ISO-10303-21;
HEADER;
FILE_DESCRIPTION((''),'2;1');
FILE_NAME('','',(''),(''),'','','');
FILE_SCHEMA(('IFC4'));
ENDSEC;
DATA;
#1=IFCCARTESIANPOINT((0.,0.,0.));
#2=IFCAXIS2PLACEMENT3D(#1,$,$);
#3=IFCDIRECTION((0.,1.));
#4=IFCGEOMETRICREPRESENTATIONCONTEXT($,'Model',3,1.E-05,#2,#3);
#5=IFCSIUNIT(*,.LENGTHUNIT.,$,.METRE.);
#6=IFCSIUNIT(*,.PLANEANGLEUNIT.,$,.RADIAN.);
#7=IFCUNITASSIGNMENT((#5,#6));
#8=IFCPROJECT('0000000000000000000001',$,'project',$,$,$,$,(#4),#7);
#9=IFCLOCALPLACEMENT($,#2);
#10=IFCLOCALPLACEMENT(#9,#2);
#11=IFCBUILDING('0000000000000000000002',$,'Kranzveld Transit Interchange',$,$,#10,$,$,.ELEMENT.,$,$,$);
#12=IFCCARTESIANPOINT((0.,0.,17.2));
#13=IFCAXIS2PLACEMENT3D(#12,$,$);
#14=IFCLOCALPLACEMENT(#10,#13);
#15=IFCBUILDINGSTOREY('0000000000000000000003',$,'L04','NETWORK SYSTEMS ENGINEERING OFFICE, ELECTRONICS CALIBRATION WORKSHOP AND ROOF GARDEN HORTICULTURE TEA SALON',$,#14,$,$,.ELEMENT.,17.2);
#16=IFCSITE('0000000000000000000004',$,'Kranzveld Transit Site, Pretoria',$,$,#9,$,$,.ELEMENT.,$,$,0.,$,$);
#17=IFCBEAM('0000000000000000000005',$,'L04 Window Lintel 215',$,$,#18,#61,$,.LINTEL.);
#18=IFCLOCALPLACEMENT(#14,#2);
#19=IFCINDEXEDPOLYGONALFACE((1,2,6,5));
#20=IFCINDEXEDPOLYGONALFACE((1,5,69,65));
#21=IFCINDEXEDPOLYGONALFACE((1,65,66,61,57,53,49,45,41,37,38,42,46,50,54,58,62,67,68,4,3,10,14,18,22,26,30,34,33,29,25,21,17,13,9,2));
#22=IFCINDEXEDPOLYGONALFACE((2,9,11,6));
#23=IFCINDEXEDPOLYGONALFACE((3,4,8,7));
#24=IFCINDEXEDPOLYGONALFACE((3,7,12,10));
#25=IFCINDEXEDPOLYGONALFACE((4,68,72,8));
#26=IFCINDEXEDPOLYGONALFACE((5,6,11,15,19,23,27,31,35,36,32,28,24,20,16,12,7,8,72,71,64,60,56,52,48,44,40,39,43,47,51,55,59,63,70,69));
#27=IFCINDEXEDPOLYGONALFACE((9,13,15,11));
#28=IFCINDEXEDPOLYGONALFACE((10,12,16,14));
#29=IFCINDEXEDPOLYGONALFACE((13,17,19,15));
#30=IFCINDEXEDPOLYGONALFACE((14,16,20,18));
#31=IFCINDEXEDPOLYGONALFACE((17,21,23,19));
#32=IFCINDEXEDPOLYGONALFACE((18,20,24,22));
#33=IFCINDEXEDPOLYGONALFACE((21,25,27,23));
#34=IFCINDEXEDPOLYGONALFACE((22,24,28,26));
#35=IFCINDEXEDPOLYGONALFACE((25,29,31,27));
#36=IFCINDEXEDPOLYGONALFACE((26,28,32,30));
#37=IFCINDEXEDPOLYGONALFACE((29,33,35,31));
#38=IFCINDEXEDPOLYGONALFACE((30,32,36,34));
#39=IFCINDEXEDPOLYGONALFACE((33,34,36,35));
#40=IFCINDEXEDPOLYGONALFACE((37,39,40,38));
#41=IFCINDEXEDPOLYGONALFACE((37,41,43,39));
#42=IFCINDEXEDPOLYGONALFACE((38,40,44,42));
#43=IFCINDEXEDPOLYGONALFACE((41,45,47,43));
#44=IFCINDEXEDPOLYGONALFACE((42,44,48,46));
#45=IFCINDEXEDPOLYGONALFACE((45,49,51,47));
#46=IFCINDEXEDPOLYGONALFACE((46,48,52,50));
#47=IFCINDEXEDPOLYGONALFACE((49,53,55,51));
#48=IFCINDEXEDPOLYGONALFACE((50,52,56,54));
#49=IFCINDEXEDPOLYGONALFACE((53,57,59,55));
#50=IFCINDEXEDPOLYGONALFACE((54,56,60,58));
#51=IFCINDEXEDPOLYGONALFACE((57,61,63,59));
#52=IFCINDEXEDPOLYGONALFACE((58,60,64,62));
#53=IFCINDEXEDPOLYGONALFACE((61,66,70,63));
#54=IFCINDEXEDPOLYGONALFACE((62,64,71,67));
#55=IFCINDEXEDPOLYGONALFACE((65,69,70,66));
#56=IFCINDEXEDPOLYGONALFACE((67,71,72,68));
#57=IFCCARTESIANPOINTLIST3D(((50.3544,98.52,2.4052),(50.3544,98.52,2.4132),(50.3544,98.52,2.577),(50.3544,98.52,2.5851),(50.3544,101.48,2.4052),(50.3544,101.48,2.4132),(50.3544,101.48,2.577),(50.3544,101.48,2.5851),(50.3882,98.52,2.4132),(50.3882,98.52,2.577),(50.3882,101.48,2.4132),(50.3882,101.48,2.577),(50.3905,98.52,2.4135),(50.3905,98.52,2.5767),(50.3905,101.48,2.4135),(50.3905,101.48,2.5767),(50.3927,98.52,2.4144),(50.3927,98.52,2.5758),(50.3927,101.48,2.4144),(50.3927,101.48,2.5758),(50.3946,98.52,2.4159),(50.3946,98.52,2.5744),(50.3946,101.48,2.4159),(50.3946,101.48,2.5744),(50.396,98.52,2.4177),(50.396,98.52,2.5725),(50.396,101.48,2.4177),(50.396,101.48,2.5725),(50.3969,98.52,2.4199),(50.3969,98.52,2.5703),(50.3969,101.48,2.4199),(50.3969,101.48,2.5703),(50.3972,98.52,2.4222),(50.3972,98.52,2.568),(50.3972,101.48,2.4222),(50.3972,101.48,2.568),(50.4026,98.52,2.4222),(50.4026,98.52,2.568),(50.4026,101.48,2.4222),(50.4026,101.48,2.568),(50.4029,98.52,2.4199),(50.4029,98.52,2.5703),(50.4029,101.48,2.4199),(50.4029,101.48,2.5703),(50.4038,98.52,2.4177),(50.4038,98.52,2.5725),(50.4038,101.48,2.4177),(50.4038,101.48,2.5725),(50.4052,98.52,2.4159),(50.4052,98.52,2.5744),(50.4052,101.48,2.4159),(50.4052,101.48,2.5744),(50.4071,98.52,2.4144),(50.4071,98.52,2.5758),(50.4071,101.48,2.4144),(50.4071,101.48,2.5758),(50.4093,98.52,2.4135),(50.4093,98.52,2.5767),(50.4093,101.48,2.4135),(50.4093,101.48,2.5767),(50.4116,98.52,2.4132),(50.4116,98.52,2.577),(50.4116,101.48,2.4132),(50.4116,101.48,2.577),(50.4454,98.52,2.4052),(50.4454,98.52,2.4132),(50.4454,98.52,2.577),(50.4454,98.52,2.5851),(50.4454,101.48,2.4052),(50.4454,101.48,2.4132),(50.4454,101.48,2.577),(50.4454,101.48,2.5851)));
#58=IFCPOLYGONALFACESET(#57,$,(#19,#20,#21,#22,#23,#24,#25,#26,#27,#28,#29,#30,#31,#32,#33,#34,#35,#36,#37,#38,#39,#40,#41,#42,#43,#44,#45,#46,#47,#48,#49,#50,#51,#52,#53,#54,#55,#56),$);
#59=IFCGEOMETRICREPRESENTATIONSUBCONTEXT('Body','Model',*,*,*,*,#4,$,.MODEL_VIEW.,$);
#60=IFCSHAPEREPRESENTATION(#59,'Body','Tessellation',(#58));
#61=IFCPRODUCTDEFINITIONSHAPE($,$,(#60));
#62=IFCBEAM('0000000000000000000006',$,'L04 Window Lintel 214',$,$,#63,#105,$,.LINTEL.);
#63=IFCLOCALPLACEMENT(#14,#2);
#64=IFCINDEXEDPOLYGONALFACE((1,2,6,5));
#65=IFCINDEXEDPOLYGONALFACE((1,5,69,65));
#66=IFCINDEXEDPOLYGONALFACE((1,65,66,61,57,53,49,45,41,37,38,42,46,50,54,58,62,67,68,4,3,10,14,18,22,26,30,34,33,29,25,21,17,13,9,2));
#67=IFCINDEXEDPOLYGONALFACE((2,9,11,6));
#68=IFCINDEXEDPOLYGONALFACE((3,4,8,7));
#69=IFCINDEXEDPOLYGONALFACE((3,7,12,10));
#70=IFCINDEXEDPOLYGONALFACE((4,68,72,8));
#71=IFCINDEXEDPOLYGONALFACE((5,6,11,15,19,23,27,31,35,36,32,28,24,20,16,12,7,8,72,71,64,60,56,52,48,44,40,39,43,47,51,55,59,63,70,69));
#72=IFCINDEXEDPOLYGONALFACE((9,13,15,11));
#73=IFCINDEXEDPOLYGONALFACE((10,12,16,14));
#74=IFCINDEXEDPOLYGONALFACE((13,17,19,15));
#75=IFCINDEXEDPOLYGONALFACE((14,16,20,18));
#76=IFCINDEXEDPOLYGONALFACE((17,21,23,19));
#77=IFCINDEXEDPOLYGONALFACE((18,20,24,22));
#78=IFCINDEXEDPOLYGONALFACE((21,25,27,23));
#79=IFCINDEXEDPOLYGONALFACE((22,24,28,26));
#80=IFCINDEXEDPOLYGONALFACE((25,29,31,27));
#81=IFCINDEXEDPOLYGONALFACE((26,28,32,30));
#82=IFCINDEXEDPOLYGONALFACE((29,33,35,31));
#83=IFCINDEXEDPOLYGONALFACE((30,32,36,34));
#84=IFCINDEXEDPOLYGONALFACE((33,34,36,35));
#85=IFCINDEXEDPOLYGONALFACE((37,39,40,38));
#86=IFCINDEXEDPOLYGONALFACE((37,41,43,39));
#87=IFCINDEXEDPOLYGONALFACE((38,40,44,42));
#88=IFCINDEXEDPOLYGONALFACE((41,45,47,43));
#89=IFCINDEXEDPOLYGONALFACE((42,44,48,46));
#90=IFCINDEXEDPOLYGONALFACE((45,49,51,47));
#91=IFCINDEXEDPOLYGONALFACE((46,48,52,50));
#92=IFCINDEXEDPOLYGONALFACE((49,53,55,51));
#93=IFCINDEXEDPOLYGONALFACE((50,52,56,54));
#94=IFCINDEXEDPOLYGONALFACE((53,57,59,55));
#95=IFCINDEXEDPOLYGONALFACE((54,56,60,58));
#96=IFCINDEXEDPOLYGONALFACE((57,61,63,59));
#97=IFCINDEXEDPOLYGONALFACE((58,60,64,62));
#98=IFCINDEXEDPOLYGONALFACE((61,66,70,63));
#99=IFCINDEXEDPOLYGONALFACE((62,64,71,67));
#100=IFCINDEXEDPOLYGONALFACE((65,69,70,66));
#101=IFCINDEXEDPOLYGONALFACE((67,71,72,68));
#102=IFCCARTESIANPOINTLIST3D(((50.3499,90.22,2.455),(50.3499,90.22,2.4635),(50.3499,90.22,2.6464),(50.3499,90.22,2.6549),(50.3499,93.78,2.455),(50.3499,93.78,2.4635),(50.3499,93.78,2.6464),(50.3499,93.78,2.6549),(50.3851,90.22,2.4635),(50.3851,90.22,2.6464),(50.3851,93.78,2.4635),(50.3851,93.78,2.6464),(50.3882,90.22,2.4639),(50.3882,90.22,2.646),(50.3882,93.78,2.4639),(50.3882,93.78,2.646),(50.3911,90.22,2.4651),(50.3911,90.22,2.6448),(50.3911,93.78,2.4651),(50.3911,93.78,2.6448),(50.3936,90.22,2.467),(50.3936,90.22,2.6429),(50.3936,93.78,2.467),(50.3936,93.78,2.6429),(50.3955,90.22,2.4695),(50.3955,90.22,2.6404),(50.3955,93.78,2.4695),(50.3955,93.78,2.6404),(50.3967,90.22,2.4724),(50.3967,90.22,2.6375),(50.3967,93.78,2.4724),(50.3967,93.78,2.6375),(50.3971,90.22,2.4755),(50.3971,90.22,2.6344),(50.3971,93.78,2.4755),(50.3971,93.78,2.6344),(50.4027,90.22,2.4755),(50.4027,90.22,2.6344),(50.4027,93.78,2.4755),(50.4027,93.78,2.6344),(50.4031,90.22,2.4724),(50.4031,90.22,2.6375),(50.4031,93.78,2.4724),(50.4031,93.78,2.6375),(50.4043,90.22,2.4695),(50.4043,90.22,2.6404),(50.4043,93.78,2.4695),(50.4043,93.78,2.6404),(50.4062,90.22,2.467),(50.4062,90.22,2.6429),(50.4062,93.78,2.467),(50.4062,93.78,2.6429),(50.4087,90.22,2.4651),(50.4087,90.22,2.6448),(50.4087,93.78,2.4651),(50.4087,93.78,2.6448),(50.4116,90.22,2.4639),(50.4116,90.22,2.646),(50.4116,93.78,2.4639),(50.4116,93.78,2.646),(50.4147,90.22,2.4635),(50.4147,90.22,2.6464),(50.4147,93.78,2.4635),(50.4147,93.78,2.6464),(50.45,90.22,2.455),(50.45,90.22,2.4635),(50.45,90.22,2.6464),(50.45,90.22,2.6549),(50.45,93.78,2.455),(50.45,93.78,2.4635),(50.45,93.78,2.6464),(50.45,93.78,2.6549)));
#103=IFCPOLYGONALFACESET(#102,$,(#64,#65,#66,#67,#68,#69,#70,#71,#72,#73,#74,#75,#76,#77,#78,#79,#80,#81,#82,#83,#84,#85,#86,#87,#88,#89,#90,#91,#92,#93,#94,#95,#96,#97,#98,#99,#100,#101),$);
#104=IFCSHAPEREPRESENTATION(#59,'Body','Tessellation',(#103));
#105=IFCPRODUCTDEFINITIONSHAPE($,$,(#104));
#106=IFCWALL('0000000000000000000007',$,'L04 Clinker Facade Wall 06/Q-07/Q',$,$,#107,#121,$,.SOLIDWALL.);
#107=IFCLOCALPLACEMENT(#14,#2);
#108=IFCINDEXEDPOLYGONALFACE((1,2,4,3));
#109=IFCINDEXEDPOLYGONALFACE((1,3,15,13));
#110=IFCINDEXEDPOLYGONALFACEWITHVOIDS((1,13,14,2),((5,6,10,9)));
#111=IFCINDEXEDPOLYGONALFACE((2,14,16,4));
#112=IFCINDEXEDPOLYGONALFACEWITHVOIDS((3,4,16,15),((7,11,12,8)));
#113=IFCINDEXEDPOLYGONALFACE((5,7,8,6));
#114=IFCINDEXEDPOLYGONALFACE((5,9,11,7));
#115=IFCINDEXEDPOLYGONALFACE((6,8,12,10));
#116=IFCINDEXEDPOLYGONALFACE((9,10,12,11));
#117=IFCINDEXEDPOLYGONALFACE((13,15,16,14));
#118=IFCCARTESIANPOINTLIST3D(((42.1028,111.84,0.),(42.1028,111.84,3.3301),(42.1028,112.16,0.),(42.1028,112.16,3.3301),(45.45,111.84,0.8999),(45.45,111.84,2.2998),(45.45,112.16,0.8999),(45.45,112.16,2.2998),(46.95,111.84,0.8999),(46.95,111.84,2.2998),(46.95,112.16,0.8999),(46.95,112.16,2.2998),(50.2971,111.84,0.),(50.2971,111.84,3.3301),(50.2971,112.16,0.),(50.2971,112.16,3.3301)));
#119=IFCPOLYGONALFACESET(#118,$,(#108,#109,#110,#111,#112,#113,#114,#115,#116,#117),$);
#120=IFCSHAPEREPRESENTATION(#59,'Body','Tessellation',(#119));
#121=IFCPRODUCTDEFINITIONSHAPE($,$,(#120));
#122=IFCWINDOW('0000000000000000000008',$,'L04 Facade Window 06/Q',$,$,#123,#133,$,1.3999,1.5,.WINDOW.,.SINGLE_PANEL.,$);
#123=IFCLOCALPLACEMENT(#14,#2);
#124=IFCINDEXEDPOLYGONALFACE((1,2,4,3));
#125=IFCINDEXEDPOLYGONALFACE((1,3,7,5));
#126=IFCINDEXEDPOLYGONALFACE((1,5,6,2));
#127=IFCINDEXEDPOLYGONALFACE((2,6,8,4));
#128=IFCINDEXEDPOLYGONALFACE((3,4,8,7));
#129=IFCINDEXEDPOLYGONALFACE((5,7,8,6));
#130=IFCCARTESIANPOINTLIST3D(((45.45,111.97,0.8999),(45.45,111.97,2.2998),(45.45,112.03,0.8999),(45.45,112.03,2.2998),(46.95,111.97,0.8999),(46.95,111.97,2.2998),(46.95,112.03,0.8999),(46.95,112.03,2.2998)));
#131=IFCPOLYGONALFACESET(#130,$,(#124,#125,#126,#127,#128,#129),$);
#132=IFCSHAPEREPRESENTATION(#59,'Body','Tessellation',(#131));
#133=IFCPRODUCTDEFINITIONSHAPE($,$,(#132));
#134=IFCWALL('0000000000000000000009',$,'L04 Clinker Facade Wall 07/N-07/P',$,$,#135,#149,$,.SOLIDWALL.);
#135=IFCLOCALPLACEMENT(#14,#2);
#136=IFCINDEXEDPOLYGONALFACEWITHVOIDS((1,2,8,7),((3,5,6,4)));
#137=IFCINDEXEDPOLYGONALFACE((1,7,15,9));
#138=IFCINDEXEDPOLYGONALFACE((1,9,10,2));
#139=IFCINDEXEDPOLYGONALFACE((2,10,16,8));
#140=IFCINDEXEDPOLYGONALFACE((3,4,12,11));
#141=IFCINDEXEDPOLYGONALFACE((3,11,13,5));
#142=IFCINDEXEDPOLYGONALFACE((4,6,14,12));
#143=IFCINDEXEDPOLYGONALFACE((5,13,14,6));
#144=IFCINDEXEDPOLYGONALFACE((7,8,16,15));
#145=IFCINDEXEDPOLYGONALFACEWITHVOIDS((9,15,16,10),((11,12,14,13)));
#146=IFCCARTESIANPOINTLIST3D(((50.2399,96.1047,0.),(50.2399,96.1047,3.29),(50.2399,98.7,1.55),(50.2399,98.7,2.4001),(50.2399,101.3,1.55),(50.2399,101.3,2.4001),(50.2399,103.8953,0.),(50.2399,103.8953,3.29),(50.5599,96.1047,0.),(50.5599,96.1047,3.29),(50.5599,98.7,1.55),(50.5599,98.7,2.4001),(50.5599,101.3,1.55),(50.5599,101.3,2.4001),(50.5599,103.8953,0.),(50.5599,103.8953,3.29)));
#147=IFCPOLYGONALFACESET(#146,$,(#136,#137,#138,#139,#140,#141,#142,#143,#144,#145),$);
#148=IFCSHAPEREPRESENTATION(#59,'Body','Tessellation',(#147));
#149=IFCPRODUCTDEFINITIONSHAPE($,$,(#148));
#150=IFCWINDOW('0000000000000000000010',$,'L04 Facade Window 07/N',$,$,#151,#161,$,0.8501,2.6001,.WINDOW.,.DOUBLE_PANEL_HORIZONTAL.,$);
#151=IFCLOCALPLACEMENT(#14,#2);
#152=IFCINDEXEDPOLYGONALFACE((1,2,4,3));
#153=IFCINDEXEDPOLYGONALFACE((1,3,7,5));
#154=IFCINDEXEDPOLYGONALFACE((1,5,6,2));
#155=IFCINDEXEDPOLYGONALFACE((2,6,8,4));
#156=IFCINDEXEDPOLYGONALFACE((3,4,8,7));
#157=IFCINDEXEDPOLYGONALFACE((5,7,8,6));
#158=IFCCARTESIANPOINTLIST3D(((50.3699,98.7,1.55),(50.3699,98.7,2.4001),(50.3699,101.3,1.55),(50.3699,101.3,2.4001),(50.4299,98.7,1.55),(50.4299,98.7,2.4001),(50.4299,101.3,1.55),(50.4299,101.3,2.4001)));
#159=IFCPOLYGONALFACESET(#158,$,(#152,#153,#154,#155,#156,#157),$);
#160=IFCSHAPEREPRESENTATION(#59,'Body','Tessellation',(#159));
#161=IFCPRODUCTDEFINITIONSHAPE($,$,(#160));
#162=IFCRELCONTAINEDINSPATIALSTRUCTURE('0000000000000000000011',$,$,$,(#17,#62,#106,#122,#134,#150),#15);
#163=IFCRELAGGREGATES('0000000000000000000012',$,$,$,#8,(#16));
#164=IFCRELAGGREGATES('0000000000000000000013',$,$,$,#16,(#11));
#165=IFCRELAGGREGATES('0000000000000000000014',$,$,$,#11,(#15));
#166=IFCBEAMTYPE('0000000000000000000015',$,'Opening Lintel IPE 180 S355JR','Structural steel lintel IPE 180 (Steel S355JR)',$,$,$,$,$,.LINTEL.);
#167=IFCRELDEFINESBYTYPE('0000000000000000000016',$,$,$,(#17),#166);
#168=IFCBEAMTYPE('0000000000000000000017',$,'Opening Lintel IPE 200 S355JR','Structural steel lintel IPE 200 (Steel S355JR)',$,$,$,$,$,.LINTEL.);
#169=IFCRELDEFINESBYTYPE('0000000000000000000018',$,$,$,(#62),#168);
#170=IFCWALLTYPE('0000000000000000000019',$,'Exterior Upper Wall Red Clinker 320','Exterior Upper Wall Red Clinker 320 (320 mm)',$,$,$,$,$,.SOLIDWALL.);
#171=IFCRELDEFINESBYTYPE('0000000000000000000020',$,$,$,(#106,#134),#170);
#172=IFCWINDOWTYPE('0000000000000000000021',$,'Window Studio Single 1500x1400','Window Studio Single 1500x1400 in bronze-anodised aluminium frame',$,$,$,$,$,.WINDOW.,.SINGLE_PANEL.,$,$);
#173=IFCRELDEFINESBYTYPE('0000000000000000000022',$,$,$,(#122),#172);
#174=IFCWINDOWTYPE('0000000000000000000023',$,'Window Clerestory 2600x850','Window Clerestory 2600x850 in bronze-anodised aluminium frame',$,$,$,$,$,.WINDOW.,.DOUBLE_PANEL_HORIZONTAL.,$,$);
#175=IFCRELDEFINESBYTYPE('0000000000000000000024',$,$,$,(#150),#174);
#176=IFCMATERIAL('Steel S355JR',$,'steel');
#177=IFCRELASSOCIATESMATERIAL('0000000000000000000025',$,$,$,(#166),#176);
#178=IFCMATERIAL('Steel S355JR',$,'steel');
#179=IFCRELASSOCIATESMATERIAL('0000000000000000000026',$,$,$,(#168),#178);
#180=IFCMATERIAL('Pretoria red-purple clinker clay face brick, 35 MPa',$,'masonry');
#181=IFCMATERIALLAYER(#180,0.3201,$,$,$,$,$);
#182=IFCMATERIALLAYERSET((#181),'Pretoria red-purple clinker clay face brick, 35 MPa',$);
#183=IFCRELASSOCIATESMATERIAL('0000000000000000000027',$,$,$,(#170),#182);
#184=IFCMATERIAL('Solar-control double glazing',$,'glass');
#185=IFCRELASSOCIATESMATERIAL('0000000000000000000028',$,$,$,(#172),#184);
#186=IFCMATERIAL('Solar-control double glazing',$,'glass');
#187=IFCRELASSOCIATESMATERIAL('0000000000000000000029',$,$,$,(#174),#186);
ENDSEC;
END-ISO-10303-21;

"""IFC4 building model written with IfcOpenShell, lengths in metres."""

from ifc_helpers import new_model, si_unit, direction, frame, frame_2d, origin, origin_2d, place, context, subcontext, project, spatial, rectangle, i_section, extrude, material, layer, layer_set, material_profile, profile_set, type_object, element, fill, save


model = new_model("IFC4")

# Units and contexts
model_context = context("Model", 3, precision=1e-05, world=origin(), true_north=direction((0.0, 1.0)))
body_context = subcontext(model_context, "Body", "Model", "MODEL_VIEW")
ifc_project = project(units=[si_unit("LENGTHUNIT", "METRE"), si_unit("PLANEANGLEUNIT", "RADIAN")], contexts=[model_context])

# Site, building, storey
site_placement = place(None, origin())
site = spatial("IfcSite", under=ifc_project, at=site_placement, Name="Kranzveld Transit Site, Pretoria", CompositionType="ELEMENT", RefElevation=0.0)
building_placement = place(site_placement, origin())
building = spatial("IfcBuilding", under=site, at=building_placement, Name="Kranzveld Transit Interchange", CompositionType="ELEMENT")
storey_placement = place(building_placement, frame((0.0, 0.0, 17.2)))
storey = spatial("IfcBuildingStorey", under=building, at=storey_placement, Name="L04", Description="NETWORK SYSTEMS ENGINEERING OFFICE, ELECTRONICS CALIBRATION WORKSHOP AND ROOF GARDEN HORTICULTURE TEA SALON", CompositionType="ELEMENT", Elevation=17.2)

# Beams
ifc_material_1 = material(Name="Steel S355JR", Category="steel")
ifc_material_profile_1 = material_profile(ifc_material_1, i_section(OverallWidth=0.0911, OverallDepth=0.1799, WebThickness=0.0054, FlangeThickness=0.0081, FilletRadius=0.009, at=origin_2d()), Name="IPE 180")
ifc_profile_set_1 = profile_set([ifc_material_profile_1], Name="Steel S355JR")
beam_type_1 = type_object("IfcBeamType", Name="Opening Lintel IPE 180 S355JR", Description="Structural steel lintel IPE 180 (Steel S355JR)", PredefinedType="LINTEL", material=ifc_profile_set_1)
beam_1_placement = place(storey_placement, frame((50.3999, 98.52, 2.4951), z_axis=(0.0, 1.0, 0.0), x_axis=(-1.0, 0.0, 0.0)))
element("IfcBeam", 1, at=beam_1_placement, inside=storey, type_object=beam_type_1, Name="L04 Window Lintel 215", PredefinedType="LINTEL", context=body_context, shape_type="SweptSolid", body=[
    extrude(i_section(OverallWidth=0.0911, OverallDepth=0.1799, WebThickness=0.0054, FlangeThickness=0.0081, FilletRadius=0.009, at=origin_2d()), origin(), (0.0, 0.0, 1.0), 2.96),
])
ifc_material_2 = material(Name="Steel S355JR", Category="steel")
ifc_material_profile_2 = material_profile(ifc_material_2, i_section(OverallWidth=0.1001, OverallDepth=0.2, WebThickness=0.0056, FlangeThickness=0.0085, FilletRadius=0.012, at=origin_2d()), Name="IPE 200")
ifc_profile_set_2 = profile_set([ifc_material_profile_2], Name="Steel S355JR")
beam_type_2 = type_object("IfcBeamType", Name="Opening Lintel IPE 200 S355JR", Description="Structural steel lintel IPE 200 (Steel S355JR)", PredefinedType="LINTEL", material=ifc_profile_set_2)
beam_2_placement = place(storey_placement, frame((50.3999, 90.22, 2.5549), z_axis=(0.0, 1.0, 0.0), x_axis=(-1.0, 0.0, 0.0)))
element("IfcBeam", 2, at=beam_2_placement, inside=storey, type_object=beam_type_2, Name="L04 Window Lintel 214", PredefinedType="LINTEL", context=body_context, shape_type="SweptSolid", body=[
    extrude(i_section(OverallWidth=0.1001, OverallDepth=0.2, WebThickness=0.0056, FlangeThickness=0.0085, FilletRadius=0.012, at=origin_2d()), origin(), (0.0, 0.0, 1.0), 3.5601),
])

# Walls, openings, windows
ifc_material_3 = material(Name="Pretoria red-purple clinker clay face brick, 35 MPa", Category="masonry")
ifc_layer_1 = layer(ifc_material_3, 0.3201)
ifc_layer_set_1 = layer_set([ifc_layer_1], Name="Pretoria red-purple clinker clay face brick, 35 MPa")
wall_type_1 = type_object("IfcWallType", Name="Exterior Upper Wall Red Clinker 320", Description="Exterior Upper Wall Red Clinker 320 (320 mm)", PredefinedType="SOLIDWALL", material=ifc_layer_set_1)
wall_1_placement = place(storey_placement, frame((42.1028, 112.0, 0.0), z_axis=(0.0, 0.0, 1.0), x_axis=(1.0, 0.0, 0.0)))
wall_1 = element("IfcWall", 3, at=wall_1_placement, inside=storey, type_object=wall_type_1, Name="L04 Clinker Facade Wall 06/Q-07/Q", PredefinedType="SOLIDWALL", context=body_context, shape_type="SweptSolid", body=[
    extrude(rectangle(XDim=8.1943, YDim=0.3201, at=frame_2d((4.0972, 0.0))), origin(), (0.0, 0.0, 1.0), 3.3301),
])
opening_1_placement = place(wall_1_placement, frame((3.3472, 0.0, 0.8999), z_axis=(0.0, 0.0, 1.0), x_axis=(1.0, 0.0, 0.0)))
opening_1 = element("IfcOpeningElement", 4, at=opening_1_placement, cuts=wall_1, PredefinedType="OPENING", context=body_context, shape_type="SweptSolid", body=[
    extrude(rectangle(XDim=1.5, YDim=1.3999, at=frame_2d((0.75, 0.7))), frame((0.0, 0.1699, 0.0), z_axis=(0.0, -1.0, 0.0), x_axis=(1.0, 0.0, 0.0)), (0.0, 0.0, 1.0), 0.3401),
])
ifc_material_4 = material(Name="Solar-control double glazing", Category="glass")
window_type_1 = type_object("IfcWindowType", Name="Window Studio Single 1500x1400", Description="Window Studio Single 1500x1400 in bronze-anodised aluminium frame", PartitioningType="SINGLE_PANEL", PredefinedType="WINDOW", material=ifc_material_4)
window_1_placement = place(opening_1_placement, origin())
window_1 = element("IfcWindow", 5, at=window_1_placement, inside=storey, type_object=window_type_1, Name="L04 Facade Window 06/Q", OverallHeight=1.3999, OverallWidth=1.5, PartitioningType="SINGLE_PANEL", PredefinedType="WINDOW", context=body_context, shape_type="SweptSolid", body=[
    extrude(rectangle(XDim=1.5, YDim=1.3999, at=frame_2d((0.75, 0.7))), frame((0.0, 0.03, 0.0), z_axis=(0.0, -1.0, 0.0), x_axis=(1.0, 0.0, 0.0)), (0.0, 0.0, 1.0), 0.0601),
])
fill(opening_1, window_1)
wall_2_placement = place(storey_placement, frame((50.3999, 96.1047, 0.0), z_axis=(0.0, 0.0, 1.0), x_axis=(0.0, 1.0, 0.0)))
wall_2 = element("IfcWall", 6, at=wall_2_placement, inside=storey, type_object=wall_type_1, Name="L04 Clinker Facade Wall 07/N-07/P", PredefinedType="SOLIDWALL", context=body_context, shape_type="SweptSolid", body=[
    extrude(rectangle(XDim=7.7905, YDim=0.3201, at=frame_2d((3.8953, 0.0))), origin(), (0.0, 0.0, 1.0), 3.29),
])
opening_2_placement = place(wall_2_placement, frame((2.5952, 0.0, 1.55), z_axis=(0.0, 0.0, 1.0), x_axis=(1.0, 0.0, 0.0)))
opening_2 = element("IfcOpeningElement", 7, at=opening_2_placement, cuts=wall_2, PredefinedType="OPENING", context=body_context, shape_type="SweptSolid", body=[
    extrude(rectangle(XDim=2.6001, YDim=0.8501, at=frame_2d((1.3, 0.425))), frame((0.0, 0.1699, 0.0), z_axis=(0.0, -1.0, 0.0), x_axis=(1.0, 0.0, 0.0)), (0.0, 0.0, 1.0), 0.3401),
])
ifc_material_5 = material(Name="Solar-control double glazing", Category="glass")
window_type_2 = type_object("IfcWindowType", Name="Window Clerestory 2600x850", Description="Window Clerestory 2600x850 in bronze-anodised aluminium frame", PartitioningType="DOUBLE_PANEL_HORIZONTAL", PredefinedType="WINDOW", material=ifc_material_5)
window_2_placement = place(opening_2_placement, origin())
window_2 = element("IfcWindow", 8, at=window_2_placement, inside=storey, type_object=window_type_2, Name="L04 Facade Window 07/N", OverallHeight=0.8501, OverallWidth=2.6001, PartitioningType="DOUBLE_PANEL_HORIZONTAL", PredefinedType="WINDOW", context=body_context, shape_type="SweptSolid", body=[
    extrude(rectangle(XDim=2.6001, YDim=0.8501, at=frame_2d((1.3, 0.425))), frame((0.0, 0.03, 0.0), z_axis=(0.0, -1.0, 0.0), x_axis=(1.0, 0.0, 0.0)), (0.0, 0.0, 1.0), 0.0601),
])
fill(opening_2, window_2)

save(model, "model.ifc")
